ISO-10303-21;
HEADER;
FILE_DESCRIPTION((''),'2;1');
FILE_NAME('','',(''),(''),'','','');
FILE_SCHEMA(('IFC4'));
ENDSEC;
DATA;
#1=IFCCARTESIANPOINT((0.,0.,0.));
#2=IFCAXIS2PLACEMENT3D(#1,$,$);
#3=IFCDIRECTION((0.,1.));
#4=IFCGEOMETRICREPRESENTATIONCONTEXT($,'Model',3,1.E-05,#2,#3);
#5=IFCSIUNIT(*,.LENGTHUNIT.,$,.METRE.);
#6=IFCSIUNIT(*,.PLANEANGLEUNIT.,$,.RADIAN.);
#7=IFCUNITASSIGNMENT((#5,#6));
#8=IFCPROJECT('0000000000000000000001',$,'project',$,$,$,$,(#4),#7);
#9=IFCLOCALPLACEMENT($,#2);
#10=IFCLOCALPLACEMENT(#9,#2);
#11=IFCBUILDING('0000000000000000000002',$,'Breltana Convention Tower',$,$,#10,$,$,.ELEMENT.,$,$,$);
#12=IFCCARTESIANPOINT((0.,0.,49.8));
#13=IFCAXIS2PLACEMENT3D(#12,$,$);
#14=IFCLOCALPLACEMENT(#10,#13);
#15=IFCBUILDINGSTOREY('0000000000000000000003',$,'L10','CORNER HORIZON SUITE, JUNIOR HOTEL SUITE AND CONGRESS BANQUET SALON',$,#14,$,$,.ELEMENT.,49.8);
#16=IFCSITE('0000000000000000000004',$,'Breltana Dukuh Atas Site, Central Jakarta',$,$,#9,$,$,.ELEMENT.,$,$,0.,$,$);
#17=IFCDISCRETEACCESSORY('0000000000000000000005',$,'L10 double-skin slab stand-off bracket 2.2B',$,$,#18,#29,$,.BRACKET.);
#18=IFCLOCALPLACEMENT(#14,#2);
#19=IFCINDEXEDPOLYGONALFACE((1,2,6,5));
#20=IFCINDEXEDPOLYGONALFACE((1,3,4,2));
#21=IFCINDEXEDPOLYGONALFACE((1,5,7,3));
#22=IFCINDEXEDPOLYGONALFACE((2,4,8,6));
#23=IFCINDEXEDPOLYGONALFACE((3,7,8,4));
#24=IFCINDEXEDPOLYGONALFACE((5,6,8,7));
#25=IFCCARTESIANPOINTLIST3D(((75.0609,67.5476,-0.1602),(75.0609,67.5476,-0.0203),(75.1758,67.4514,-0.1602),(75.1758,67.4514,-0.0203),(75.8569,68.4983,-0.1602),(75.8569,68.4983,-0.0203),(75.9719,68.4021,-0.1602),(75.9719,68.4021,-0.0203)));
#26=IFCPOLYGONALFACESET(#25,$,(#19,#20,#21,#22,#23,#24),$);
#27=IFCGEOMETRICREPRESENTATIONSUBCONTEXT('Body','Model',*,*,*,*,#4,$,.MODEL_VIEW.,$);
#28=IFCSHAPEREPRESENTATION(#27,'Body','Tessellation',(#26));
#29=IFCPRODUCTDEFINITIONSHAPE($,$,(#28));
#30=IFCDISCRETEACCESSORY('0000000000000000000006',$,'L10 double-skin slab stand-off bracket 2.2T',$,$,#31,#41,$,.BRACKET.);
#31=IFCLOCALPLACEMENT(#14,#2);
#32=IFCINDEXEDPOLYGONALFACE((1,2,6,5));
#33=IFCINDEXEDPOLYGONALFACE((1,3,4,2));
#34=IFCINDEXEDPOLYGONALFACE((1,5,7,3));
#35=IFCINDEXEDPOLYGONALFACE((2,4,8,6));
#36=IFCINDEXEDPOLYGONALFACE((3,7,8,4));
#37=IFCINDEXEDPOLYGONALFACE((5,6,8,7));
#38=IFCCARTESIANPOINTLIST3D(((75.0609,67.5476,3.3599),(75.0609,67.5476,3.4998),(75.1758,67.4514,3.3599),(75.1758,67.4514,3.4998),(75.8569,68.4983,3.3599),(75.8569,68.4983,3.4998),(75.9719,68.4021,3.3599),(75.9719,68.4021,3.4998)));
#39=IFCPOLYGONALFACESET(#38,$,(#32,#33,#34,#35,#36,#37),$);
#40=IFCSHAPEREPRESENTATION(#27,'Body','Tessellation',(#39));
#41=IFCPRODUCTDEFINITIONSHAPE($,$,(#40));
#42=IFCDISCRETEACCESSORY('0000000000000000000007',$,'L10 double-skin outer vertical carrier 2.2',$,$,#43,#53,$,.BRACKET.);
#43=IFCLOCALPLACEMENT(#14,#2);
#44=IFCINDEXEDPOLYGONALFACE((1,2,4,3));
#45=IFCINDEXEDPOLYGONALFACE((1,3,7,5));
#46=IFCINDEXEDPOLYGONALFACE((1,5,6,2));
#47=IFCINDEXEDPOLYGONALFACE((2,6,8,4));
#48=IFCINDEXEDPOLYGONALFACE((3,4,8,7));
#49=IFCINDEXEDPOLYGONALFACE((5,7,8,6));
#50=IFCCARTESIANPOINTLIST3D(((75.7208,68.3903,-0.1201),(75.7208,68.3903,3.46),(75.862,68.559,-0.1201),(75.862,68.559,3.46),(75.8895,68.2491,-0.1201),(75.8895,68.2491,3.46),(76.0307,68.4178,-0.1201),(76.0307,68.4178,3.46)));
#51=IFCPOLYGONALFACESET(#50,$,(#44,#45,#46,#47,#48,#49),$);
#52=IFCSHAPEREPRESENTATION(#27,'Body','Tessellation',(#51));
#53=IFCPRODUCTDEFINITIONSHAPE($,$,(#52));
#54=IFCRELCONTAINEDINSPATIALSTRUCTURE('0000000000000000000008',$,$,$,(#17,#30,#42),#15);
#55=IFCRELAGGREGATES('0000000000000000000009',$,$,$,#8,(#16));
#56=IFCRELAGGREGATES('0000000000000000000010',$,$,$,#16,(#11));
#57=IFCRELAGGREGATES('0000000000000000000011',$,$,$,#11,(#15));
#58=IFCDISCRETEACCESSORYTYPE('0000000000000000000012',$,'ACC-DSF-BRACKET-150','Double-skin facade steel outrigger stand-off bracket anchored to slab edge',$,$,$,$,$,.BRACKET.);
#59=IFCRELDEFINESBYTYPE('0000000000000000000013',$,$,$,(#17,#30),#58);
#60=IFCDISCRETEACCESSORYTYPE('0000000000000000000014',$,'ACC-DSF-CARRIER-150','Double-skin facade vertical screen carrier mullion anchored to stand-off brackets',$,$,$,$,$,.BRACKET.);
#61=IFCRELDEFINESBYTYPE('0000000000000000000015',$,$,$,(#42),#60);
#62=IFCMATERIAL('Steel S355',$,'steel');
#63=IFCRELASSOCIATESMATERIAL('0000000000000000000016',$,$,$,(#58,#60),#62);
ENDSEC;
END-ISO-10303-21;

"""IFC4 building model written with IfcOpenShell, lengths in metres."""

from ifc_helpers import new_model, si_unit, direction, frame, origin, origin_2d, place, context, subcontext, project, spatial, rectangle, extrude, source, transform, mapped, material, type_object, type_shapes, element, save


model = new_model("IFC4")

# Units and contexts
model_context = context("Model", 3, precision=1e-05, world=origin(), true_north=direction((0.0, 1.0)))
body_context = subcontext(model_context, "Body", "Model", "MODEL_VIEW")
ifc_project = project(units=[si_unit("LENGTHUNIT", "METRE"), si_unit("PLANEANGLEUNIT", "RADIAN")], contexts=[model_context])

# Site, building, storey
site_placement = place(None, origin())
site = spatial("IfcSite", under=ifc_project, at=site_placement, Name="Breltana Dukuh Atas Site, Central Jakarta", CompositionType="ELEMENT", RefElevation=0.0)
building_placement = place(site_placement, origin())
building = spatial("IfcBuilding", under=site, at=building_placement, Name="Breltana Convention Tower", CompositionType="ELEMENT")
storey_placement = place(building_placement, frame((0.0, 0.0, 49.8)))
storey = spatial("IfcBuildingStorey", under=building, at=storey_placement, Name="L10", Description="CORNER HORIZON SUITE, JUNIOR HOTEL SUITE AND CONGRESS BANQUET SALON", CompositionType="ELEMENT", Elevation=49.8)

# Discrete accessories
ifc_material_1 = material(Name="Steel S355", Category="steel")
discrete_accessory_type_1 = type_object("IfcDiscreteAccessoryType", Name="ACC-DSF-BRACKET-150", Description="Double-skin facade steel outrigger stand-off bracket anchored to slab edge", PredefinedType="BRACKET", material=ifc_material_1)
shared_shape_1 = source(origin(), body_context, "Body", "SweptSolid", [
    extrude(rectangle(XDim=1.24, YDim=0.1499, at=origin_2d()), origin(), (0.0, 0.0, 1.0), 0.1399),
])
type_shapes(discrete_accessory_type_1, [shared_shape_1])
for number, where, z_axis, x_axis, name in (
    (1, (75.5164, 67.9749, -0.1602), (0.0, 0.0, 1.0), (0.64199, 0.766713, 0.0), "L10 double-skin slab stand-off bracket 2.2B"),
    (2, (75.5164, 67.9749, 3.3599), (0.0, 0.0, 1.0), (0.64199, 0.766713, 0.0), "L10 double-skin slab stand-off bracket 2.2T"),
):
    element("IfcDiscreteAccessory", number, at=place(storey_placement, frame(where, z_axis=z_axis, x_axis=x_axis)), inside=storey, type_object=discrete_accessory_type_1, Name=name, PredefinedType="BRACKET", context=body_context, shape_type="MappedRepresentation", body=[
        mapped(shared_shape_1, transform((0.0, 0.0, 0.0), scale=1.0)),
    ])
discrete_accessory_type_2 = type_object("IfcDiscreteAccessoryType", Name="ACC-DSF-CARRIER-150", Description="Double-skin facade vertical screen carrier mullion anchored to stand-off brackets", PredefinedType="BRACKET", material=ifc_material_1)
shared_shape_2 = source(origin(), body_context, "Body", "SweptSolid", [
    extrude(rectangle(XDim=0.22, YDim=0.22, at=origin_2d()), origin(), (0.0, 0.0, 1.0), 3.5801),
])
discrete_accessory_placement = place(storey_placement, frame((75.8757, 68.4041, -0.1201), z_axis=(0.0, 0.0, 1.0), x_axis=(0.64199, 0.766713, 0.0)))
element("IfcDiscreteAccessory", 3, at=discrete_accessory_placement, inside=storey, type_object=discrete_accessory_type_2, Name="L10 double-skin outer vertical carrier 2.2", PredefinedType="BRACKET", context=body_context, shape_type="MappedRepresentation", body=[
    mapped(shared_shape_2, transform((0.0, 0.0, 0.0), scale=1.0)),
])

save(model, "model.ifc")
